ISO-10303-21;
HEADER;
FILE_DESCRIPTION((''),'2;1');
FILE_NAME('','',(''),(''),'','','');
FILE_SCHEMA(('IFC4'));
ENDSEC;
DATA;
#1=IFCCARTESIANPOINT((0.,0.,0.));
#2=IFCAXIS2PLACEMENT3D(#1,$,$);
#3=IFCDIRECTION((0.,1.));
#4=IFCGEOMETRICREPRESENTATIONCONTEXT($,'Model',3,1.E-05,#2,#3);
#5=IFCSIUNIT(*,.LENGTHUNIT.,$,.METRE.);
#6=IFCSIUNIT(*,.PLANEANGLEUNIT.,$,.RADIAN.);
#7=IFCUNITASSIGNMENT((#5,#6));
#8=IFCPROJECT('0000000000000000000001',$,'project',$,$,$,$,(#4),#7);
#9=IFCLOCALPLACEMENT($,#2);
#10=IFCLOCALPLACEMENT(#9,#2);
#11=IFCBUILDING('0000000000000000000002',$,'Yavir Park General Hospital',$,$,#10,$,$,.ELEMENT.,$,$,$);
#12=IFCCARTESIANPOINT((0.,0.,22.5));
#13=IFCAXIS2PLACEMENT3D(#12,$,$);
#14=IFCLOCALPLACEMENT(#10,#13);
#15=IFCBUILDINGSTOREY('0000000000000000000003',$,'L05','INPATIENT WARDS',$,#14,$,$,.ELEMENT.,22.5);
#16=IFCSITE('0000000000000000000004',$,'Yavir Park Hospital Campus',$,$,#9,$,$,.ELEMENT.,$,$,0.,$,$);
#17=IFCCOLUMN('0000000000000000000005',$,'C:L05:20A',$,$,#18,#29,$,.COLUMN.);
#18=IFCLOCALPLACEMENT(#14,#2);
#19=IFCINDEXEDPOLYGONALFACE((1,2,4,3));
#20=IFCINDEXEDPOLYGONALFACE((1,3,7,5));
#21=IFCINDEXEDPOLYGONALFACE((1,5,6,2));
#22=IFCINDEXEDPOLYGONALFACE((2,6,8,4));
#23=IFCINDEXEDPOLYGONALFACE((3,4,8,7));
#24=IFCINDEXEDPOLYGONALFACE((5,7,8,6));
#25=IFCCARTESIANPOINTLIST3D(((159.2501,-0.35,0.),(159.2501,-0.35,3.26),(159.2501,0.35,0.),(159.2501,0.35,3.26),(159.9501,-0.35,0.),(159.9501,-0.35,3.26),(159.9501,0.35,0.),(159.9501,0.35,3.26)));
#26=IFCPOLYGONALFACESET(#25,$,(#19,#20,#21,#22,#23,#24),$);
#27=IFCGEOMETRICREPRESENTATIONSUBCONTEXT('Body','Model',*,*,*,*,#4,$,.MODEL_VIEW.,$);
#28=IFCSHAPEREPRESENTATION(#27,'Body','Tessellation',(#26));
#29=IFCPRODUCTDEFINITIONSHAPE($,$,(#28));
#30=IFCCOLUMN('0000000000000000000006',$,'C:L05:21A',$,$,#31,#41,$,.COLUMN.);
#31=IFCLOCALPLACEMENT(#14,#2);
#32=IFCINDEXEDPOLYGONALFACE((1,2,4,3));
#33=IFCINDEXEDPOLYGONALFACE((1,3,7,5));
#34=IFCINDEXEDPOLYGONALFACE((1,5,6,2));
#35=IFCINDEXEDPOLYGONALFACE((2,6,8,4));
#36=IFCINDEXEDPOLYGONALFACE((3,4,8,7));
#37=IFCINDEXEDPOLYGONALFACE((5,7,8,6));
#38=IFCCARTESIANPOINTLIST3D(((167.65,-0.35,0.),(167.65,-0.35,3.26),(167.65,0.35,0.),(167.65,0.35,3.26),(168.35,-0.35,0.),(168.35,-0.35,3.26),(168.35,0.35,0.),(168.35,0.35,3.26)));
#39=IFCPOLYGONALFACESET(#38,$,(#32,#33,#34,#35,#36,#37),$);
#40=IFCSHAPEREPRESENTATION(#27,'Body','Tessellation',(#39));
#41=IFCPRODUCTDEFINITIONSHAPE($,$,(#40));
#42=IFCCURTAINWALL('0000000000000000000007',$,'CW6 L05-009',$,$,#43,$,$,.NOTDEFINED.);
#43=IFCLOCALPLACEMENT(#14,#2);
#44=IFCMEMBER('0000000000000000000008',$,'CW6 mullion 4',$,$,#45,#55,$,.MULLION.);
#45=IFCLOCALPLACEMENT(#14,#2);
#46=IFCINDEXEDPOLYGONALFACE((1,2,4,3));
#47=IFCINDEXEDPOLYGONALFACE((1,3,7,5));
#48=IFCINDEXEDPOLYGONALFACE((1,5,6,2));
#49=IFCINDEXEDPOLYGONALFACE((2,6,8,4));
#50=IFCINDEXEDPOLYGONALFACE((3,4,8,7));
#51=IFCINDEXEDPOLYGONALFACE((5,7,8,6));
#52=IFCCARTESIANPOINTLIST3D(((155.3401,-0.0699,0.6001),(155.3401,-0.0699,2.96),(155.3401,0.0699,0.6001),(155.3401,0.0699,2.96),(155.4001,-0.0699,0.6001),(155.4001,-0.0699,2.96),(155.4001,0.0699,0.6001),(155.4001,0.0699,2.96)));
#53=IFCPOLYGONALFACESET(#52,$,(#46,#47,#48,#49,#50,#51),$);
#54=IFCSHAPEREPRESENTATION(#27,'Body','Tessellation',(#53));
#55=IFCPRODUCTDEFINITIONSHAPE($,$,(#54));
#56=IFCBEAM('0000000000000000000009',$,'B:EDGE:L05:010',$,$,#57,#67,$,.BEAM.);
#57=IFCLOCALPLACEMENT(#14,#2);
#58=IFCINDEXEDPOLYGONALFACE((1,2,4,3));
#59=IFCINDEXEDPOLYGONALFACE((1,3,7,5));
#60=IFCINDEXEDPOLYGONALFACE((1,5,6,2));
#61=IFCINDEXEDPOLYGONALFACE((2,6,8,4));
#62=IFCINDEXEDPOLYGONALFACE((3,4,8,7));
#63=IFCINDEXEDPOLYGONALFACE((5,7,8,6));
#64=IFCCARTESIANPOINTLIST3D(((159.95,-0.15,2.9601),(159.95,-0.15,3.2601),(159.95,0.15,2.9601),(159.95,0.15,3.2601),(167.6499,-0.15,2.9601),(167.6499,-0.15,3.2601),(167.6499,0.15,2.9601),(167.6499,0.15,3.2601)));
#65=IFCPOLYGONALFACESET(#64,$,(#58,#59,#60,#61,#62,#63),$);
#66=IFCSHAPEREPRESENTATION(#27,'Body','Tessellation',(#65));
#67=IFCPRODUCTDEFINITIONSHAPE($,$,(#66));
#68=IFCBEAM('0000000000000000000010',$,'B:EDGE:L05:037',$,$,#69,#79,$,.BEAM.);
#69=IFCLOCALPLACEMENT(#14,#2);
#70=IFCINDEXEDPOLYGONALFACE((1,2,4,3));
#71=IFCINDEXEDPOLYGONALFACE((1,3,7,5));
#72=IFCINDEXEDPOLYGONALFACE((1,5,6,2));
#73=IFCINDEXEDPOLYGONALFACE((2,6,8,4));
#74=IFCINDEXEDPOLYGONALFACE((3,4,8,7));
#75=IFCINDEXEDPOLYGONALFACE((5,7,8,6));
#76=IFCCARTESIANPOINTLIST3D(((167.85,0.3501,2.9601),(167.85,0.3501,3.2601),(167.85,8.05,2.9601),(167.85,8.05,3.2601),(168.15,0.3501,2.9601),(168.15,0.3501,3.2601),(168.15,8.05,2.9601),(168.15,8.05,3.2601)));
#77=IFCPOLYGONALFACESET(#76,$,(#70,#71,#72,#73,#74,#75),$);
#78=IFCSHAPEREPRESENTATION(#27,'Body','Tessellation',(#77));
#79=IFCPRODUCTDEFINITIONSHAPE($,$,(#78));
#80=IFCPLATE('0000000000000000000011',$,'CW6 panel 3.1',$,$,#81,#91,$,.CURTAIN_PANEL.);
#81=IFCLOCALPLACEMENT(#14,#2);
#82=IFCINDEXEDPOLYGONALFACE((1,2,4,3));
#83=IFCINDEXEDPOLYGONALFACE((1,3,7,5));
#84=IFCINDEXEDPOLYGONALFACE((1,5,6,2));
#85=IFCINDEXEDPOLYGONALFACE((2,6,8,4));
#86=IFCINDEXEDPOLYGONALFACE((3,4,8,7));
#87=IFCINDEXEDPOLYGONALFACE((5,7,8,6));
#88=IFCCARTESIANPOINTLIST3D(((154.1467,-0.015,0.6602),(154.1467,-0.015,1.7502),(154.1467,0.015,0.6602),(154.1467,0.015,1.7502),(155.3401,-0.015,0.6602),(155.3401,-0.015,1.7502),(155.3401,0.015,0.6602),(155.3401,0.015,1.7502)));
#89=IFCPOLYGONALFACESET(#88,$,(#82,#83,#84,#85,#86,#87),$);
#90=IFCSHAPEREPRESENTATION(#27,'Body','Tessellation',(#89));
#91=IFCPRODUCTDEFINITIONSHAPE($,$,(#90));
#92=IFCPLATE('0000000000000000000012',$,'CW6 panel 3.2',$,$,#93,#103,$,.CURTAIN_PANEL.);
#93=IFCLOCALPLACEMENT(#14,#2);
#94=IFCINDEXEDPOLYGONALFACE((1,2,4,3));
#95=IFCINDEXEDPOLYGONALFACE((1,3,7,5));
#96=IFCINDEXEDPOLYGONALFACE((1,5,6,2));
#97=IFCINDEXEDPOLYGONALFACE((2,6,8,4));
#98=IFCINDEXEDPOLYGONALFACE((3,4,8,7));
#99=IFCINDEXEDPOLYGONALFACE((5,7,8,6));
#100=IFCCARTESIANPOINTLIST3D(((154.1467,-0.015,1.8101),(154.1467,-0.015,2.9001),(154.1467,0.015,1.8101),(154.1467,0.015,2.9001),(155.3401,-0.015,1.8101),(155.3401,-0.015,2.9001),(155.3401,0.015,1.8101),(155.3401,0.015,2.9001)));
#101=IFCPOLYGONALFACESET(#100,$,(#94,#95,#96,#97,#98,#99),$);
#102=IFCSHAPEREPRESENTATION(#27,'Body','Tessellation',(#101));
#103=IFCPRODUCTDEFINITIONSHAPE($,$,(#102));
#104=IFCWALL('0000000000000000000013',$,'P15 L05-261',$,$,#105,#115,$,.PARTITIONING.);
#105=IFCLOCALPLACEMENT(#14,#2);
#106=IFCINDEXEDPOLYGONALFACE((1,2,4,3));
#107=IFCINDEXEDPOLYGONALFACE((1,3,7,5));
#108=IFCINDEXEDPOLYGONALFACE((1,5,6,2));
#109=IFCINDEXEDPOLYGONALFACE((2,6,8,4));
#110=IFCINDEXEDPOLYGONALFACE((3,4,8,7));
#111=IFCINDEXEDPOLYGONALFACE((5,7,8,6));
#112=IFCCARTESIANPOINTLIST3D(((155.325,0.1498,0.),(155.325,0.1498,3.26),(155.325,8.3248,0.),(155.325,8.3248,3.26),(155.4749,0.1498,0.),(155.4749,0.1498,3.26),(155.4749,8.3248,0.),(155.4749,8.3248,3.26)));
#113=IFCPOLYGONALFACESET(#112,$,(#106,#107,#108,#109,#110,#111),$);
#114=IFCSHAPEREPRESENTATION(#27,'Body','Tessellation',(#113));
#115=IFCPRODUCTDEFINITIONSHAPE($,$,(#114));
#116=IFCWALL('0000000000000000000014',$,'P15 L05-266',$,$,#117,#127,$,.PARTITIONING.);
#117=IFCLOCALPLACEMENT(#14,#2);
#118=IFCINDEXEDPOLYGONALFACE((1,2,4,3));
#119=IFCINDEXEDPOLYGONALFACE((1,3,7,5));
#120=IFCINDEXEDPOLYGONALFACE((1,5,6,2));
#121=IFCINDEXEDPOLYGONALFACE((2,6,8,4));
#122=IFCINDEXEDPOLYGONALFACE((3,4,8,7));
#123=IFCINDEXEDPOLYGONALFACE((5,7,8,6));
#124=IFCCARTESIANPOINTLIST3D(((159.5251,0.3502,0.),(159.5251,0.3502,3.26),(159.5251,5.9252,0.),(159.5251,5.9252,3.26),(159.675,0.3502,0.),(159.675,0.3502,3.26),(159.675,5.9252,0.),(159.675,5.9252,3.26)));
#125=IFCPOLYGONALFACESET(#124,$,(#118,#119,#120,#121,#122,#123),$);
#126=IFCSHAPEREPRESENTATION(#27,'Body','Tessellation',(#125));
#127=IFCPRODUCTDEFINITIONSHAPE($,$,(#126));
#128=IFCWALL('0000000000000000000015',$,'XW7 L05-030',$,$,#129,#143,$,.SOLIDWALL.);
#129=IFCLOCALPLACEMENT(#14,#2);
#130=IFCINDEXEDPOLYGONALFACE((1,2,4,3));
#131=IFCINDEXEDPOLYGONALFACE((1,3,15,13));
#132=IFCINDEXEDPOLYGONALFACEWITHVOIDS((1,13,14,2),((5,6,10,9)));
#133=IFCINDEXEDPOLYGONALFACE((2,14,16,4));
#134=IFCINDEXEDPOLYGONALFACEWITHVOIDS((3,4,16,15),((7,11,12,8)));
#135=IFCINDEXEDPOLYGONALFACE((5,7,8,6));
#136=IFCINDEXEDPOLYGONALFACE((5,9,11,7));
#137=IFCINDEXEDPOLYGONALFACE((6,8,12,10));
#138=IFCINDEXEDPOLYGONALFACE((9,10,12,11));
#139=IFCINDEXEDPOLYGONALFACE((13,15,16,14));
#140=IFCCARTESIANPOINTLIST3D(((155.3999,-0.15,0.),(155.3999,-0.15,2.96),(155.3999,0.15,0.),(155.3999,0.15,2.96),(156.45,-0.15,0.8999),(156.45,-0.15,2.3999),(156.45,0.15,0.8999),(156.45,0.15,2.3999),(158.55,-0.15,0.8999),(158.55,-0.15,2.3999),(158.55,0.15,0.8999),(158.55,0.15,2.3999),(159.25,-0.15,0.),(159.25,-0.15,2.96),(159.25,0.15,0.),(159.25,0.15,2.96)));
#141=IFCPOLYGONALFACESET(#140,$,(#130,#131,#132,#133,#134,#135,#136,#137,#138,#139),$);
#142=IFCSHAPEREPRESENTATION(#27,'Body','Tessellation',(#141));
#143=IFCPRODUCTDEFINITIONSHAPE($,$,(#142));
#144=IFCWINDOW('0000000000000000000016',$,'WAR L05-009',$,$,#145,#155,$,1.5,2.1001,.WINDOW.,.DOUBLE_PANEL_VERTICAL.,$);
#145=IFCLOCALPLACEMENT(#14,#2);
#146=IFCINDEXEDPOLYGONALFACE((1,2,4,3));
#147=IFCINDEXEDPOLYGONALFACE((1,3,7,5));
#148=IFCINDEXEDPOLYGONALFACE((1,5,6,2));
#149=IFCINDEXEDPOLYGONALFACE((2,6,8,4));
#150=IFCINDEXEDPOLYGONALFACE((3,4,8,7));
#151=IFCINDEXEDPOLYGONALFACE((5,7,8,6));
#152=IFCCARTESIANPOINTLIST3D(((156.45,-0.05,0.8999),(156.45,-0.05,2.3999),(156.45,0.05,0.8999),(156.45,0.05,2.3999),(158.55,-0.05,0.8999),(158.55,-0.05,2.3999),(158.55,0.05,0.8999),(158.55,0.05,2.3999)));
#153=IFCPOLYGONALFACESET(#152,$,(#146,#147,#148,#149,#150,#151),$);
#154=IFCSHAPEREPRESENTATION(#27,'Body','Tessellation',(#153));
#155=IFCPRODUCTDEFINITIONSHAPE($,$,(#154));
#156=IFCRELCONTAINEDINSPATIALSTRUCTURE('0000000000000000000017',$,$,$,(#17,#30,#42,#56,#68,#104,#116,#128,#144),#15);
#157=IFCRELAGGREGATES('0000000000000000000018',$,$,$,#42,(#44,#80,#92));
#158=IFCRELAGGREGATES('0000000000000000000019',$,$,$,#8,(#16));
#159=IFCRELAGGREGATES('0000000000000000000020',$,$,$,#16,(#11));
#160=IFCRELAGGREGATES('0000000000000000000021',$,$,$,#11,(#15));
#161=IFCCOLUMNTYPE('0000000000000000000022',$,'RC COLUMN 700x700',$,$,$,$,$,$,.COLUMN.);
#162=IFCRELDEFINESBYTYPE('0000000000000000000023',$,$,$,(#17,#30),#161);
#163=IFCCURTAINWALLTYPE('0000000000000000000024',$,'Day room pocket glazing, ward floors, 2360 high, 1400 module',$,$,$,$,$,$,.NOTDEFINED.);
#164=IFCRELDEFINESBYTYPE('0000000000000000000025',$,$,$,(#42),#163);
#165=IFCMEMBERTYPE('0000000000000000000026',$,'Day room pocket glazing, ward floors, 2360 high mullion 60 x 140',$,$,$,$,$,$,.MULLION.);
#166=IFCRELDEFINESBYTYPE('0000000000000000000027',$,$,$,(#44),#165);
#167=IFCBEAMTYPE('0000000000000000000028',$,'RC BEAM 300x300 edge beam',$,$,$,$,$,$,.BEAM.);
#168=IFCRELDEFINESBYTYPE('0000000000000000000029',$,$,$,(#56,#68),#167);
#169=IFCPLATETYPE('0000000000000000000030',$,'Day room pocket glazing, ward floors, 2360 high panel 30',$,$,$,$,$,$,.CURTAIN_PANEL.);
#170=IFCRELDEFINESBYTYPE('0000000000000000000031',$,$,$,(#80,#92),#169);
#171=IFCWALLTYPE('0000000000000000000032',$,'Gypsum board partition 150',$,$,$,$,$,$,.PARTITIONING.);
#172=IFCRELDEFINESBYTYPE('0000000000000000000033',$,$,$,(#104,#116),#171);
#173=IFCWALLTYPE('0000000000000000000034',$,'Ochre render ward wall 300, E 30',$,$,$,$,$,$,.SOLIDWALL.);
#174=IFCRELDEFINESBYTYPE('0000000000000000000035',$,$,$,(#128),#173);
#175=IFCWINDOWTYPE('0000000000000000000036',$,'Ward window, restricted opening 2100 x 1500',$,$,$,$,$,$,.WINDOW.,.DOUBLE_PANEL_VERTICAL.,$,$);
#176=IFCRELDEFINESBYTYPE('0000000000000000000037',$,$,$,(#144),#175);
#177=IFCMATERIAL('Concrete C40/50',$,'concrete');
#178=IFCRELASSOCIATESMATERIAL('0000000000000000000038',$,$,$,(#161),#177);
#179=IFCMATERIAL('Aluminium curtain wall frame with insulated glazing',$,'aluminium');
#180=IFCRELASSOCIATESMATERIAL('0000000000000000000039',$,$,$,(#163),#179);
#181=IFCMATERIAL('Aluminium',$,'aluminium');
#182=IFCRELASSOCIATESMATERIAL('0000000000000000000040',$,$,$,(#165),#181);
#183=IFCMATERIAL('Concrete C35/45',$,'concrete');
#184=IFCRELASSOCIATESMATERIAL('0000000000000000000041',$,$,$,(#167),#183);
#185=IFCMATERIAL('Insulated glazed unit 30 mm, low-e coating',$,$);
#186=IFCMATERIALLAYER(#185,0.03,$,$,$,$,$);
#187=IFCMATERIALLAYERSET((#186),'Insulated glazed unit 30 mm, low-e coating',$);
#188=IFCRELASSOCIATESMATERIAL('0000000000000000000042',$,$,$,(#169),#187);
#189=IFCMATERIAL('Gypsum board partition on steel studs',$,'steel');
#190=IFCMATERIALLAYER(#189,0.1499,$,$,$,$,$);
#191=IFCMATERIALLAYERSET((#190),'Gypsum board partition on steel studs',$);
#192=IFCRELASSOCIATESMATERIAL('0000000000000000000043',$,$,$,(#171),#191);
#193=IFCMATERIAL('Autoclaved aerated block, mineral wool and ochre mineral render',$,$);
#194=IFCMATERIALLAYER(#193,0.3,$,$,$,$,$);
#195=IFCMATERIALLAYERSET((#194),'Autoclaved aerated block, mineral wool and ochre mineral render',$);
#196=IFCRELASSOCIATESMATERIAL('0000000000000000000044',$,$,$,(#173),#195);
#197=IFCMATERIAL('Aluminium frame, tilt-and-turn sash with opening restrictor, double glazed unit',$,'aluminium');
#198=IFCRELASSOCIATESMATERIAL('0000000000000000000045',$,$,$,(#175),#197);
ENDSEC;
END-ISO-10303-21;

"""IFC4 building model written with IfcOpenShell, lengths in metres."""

from ifc_helpers import new_model, si_unit, direction, frame, frame_2d, origin, origin_2d, place, context, subcontext, project, spatial, rectangle, extrude, material, layer, layer_set, material_profile, profile_set, type_object, element, fill, aggregate, save


model = new_model("IFC4")

# Units and contexts
model_context = context("Model", 3, precision=1e-05, world=origin(), true_north=direction((0.0, 1.0)))
body_context = subcontext(model_context, "Body", "Model", "MODEL_VIEW")
ifc_project = project(units=[si_unit("LENGTHUNIT", "METRE"), si_unit("PLANEANGLEUNIT", "RADIAN")], contexts=[model_context])

# Site, building, storey
site_placement = place(None, origin())
site = spatial("IfcSite", under=ifc_project, at=site_placement, Name="Yavir Park Hospital Campus", CompositionType="ELEMENT", RefElevation=0.0)
building_placement = place(site_placement, origin())
building = spatial("IfcBuilding", under=site, at=building_placement, Name="Yavir Park General Hospital", CompositionType="ELEMENT")
storey_placement = place(building_placement, frame((0.0, 0.0, 22.5)))
storey = spatial("IfcBuildingStorey", under=building, at=storey_placement, Name="L05", Description="INPATIENT WARDS", CompositionType="ELEMENT", Elevation=22.5)

# Columns
ifc_material_1 = material(Name="Concrete C40/50", Category="concrete")
ifc_material_profile_1 = material_profile(ifc_material_1, rectangle(XDim=0.7, YDim=0.7, at=origin_2d()), Name="RC700x700")
ifc_profile_set_1 = profile_set([ifc_material_profile_1], Name="Concrete C40/50")
column_type = type_object("IfcColumnType", Name="RC COLUMN 700x700", PredefinedType="COLUMN", material=ifc_profile_set_1)
for number, where, z_axis, x_axis, name in (
    (1, (159.6001, 0.0, 0.0), (0.0, 0.0, 1.0), (1.0, 0.0, 0.0), "C:L05:20A"),
    (2, (168.0, 0.0, 0.0), (0.0, 0.0, 1.0), (1.0, 0.0, 0.0), "C:L05:21A"),
):
    element("IfcColumn", number, at=place(storey_placement, frame(where, z_axis=z_axis, x_axis=x_axis)), inside=storey, type_object=column_type, Name=name, PredefinedType="COLUMN", context=body_context, shape_type="SweptSolid", body=[
        extrude(rectangle(XDim=0.7, YDim=0.7, at=origin_2d()), origin(), (0.0, 0.0, 1.0), 3.26),
    ])

# Curtain wall, member
ifc_material_2 = material(Name="Aluminium curtain wall frame with insulated glazing", Category="aluminium")
curtain_wall_type = type_object("IfcCurtainWallType", Name="Day room pocket glazing, ward floors, 2360 high, 1400 module", PredefinedType="NOTDEFINED", material=ifc_material_2)
curtain_wall_placement = place(storey_placement, origin())
curtain_wall = element("IfcCurtainWall", 3, at=curtain_wall_placement, inside=storey, type_object=curtain_wall_type, Name="CW6 L05-009", PredefinedType="NOTDEFINED")
ifc_material_3 = material(Name="Aluminium", Category="aluminium")
ifc_material_profile_2 = material_profile(ifc_material_3, rectangle(XDim=0.1399, YDim=0.0601, at=origin_2d()), Name="AL 60x140")
ifc_profile_set_2 = profile_set([ifc_material_profile_2], Name="Aluminium")
member_type = type_object("IfcMemberType", Name="Day room pocket glazing, ward floors, 2360 high mullion 60 x 140", PredefinedType="MULLION", material=ifc_profile_set_2)
member_placement = place(storey_placement, frame((155.3701, 0.0, 0.6001), z_axis=(0.0, 0.0, 1.0), x_axis=(0.0, 1.0, 0.0)))
member = element("IfcMember", 4, at=member_placement, type_object=member_type, Name="CW6 mullion 4", PredefinedType="MULLION", context=body_context, shape_type="SweptSolid", body=[
    extrude(rectangle(XDim=0.1399, YDim=0.0601, at=origin_2d()), origin(), (0.0, 0.0, 1.0), 2.3599),
])

# Beams
ifc_material_4 = material(Name="Concrete C35/45", Category="concrete")
ifc_material_profile_3 = material_profile(ifc_material_4, rectangle(XDim=0.3, YDim=0.3, at=origin_2d()), Name="RC300x300")
ifc_profile_set_3 = profile_set([ifc_material_profile_3], Name="Concrete C35/45")
beam_type = type_object("IfcBeamType", Name="RC BEAM 300x300 edge beam", PredefinedType="BEAM", material=ifc_profile_set_3)
for number, where, z_axis, x_axis, name in (
    (5, (159.95, 0.0, 3.1101), (1.0, 0.0, 0.0), (0.0, 1.0, 0.0), "B:EDGE:L05:010"),
    (6, (168.0, 0.3501, 3.1101), (0.0, 1.0, 0.0), (-1.0, 0.0, 0.0), "B:EDGE:L05:037"),
):
    element("IfcBeam", number, at=place(storey_placement, frame(where, z_axis=z_axis, x_axis=x_axis)), inside=storey, type_object=beam_type, Name=name, PredefinedType="BEAM", context=body_context, shape_type="SweptSolid", body=[
        extrude(rectangle(XDim=0.3, YDim=0.3, at=origin_2d()), origin(), (0.0, 0.0, 1.0), 7.7),
    ])

# Plates
ifc_material_5 = material(Name="Insulated glazed unit 30 mm, low-e coating")
ifc_layer_1 = layer(ifc_material_5, 0.03)
ifc_layer_set_1 = layer_set([ifc_layer_1], Name="Insulated glazed unit 30 mm, low-e coating")
plate_type = type_object("IfcPlateType", Name="Day room pocket glazing, ward floors, 2360 high panel 30", PredefinedType="CURTAIN_PANEL", material=ifc_layer_set_1)
plate_1_placement = place(storey_placement, frame((154.7434, 0.0, 0.6602), z_axis=(0.0, 0.0, 1.0), x_axis=(1.0, 0.0, 0.0)))
plate_1 = element("IfcPlate", 7, at=plate_1_placement, type_object=plate_type, Name="CW6 panel 3.1", PredefinedType="CURTAIN_PANEL", context=body_context, shape_type="SweptSolid", body=[
    extrude(rectangle(XDim=1.1934, YDim=0.03, at=origin_2d()), origin(), (0.0, 0.0, 1.0), 1.0901),
])
plate_2_placement = place(storey_placement, frame((154.7434, 0.0, 1.8101), z_axis=(0.0, 0.0, 1.0), x_axis=(1.0, 0.0, 0.0)))
plate_2 = element("IfcPlate", 8, at=plate_2_placement, type_object=plate_type, Name="CW6 panel 3.2", PredefinedType="CURTAIN_PANEL", context=body_context, shape_type="SweptSolid", body=[
    extrude(rectangle(XDim=1.1934, YDim=0.03, at=origin_2d()), origin(), (0.0, 0.0, 1.0), 1.0901),
])
aggregate(curtain_wall, [member, plate_1, plate_2])

# Walls
ifc_material_6 = material(Name="Gypsum board partition on steel studs", Category="steel")
ifc_layer_2 = layer(ifc_material_6, 0.1499)
ifc_layer_set_2 = layer_set([ifc_layer_2], Name="Gypsum board partition on steel studs")
wall_type_1 = type_object("IfcWallType", Name="Gypsum board partition 150", PredefinedType="PARTITIONING", material=ifc_layer_set_2)
wall_1_placement = place(storey_placement, frame((155.3999, 0.1499, 0.0), z_axis=(0.0, 0.0, 1.0), x_axis=(0.0, 1.0, 0.0)))
element("IfcWall", 9, at=wall_1_placement, inside=storey, type_object=wall_type_1, Name="P15 L05-261", PredefinedType="PARTITIONING", context=body_context, shape_type="SweptSolid", body=[
    extrude(rectangle(XDim=8.175, YDim=0.1499, at=frame_2d((4.0874, 0.0))), origin(), (0.0, 0.0, 1.0), 3.26),
])
wall_2_placement = place(storey_placement, frame((159.6001, 0.3501, 0.0), z_axis=(0.0, 0.0, 1.0), x_axis=(0.0, 1.0, 0.0)))
element("IfcWall", 10, at=wall_2_placement, inside=storey, type_object=wall_type_1, Name="P15 L05-266", PredefinedType="PARTITIONING", context=body_context, shape_type="SweptSolid", body=[
    extrude(rectangle(XDim=5.575, YDim=0.1499, at=frame_2d((2.7876, 0.0))), origin(), (0.0, 0.0, 1.0), 3.26),
])

# Wall, opening, window
ifc_material_7 = material(Name="Autoclaved aerated block, mineral wool and ochre mineral render")
ifc_layer_3 = layer(ifc_material_7, 0.3)
ifc_layer_set_3 = layer_set([ifc_layer_3], Name="Autoclaved aerated block, mineral wool and ochre mineral render")
wall_type_2 = type_object("IfcWallType", Name="Ochre render ward wall 300, E 30", PredefinedType="SOLIDWALL", material=ifc_layer_set_3)
wall_3_placement = place(storey_placement, frame((155.3999, 0.0, 0.0), z_axis=(0.0, 0.0, 1.0), x_axis=(1.0, 0.0, 0.0)))
wall_3 = element("IfcWall", 11, at=wall_3_placement, inside=storey, type_object=wall_type_2, Name="XW7 L05-030", PredefinedType="SOLIDWALL", context=body_context, shape_type="SweptSolid", body=[
    extrude(rectangle(XDim=3.8501, YDim=0.3, at=frame_2d((1.925, 0.0))), origin(), (0.0, 0.0, 1.0), 2.96),
])
opening_1_placement = place(wall_3_placement, frame((1.05, 0.0, 0.8999)))
opening_1 = element("IfcOpeningElement", 12, at=opening_1_placement, cuts=wall_3, PredefinedType="OPENING", context=body_context, shape_type="SweptSolid", body=[
    extrude(rectangle(XDim=2.1001, YDim=1.5, at=frame_2d((1.05, 0.75))), frame((0.0, 0.1599, 0.0), z_axis=(0.0, -1.0, 0.0), x_axis=(1.0, 0.0, 0.0)), (0.0, 0.0, 1.0), 0.3201),
])
ifc_material_8 = material(Name="Aluminium frame, tilt-and-turn sash with opening restrictor, double glazed unit", Category="aluminium")
window_type = type_object("IfcWindowType", Name="Ward window, restricted opening 2100 x 1500", PartitioningType="DOUBLE_PANEL_VERTICAL", PredefinedType="WINDOW", material=ifc_material_8)
window_1_placement = place(opening_1_placement, origin())
window_1 = element("IfcWindow", 13, at=window_1_placement, inside=storey, type_object=window_type, Name="WAR L05-009", OverallHeight=1.5, OverallWidth=2.1001, PartitioningType="DOUBLE_PANEL_VERTICAL", PredefinedType="WINDOW", context=body_context, shape_type="SweptSolid", body=[
    extrude(rectangle(XDim=2.1001, YDim=1.5, at=frame_2d((1.05, 0.75))), frame((0.0, 0.05, 0.0), z_axis=(0.0, -1.0, 0.0), x_axis=(1.0, 0.0, 0.0)), (0.0, 0.0, 1.0), 0.1001),
])
fill(opening_1, window_1)

save(model, "model.ifc")
